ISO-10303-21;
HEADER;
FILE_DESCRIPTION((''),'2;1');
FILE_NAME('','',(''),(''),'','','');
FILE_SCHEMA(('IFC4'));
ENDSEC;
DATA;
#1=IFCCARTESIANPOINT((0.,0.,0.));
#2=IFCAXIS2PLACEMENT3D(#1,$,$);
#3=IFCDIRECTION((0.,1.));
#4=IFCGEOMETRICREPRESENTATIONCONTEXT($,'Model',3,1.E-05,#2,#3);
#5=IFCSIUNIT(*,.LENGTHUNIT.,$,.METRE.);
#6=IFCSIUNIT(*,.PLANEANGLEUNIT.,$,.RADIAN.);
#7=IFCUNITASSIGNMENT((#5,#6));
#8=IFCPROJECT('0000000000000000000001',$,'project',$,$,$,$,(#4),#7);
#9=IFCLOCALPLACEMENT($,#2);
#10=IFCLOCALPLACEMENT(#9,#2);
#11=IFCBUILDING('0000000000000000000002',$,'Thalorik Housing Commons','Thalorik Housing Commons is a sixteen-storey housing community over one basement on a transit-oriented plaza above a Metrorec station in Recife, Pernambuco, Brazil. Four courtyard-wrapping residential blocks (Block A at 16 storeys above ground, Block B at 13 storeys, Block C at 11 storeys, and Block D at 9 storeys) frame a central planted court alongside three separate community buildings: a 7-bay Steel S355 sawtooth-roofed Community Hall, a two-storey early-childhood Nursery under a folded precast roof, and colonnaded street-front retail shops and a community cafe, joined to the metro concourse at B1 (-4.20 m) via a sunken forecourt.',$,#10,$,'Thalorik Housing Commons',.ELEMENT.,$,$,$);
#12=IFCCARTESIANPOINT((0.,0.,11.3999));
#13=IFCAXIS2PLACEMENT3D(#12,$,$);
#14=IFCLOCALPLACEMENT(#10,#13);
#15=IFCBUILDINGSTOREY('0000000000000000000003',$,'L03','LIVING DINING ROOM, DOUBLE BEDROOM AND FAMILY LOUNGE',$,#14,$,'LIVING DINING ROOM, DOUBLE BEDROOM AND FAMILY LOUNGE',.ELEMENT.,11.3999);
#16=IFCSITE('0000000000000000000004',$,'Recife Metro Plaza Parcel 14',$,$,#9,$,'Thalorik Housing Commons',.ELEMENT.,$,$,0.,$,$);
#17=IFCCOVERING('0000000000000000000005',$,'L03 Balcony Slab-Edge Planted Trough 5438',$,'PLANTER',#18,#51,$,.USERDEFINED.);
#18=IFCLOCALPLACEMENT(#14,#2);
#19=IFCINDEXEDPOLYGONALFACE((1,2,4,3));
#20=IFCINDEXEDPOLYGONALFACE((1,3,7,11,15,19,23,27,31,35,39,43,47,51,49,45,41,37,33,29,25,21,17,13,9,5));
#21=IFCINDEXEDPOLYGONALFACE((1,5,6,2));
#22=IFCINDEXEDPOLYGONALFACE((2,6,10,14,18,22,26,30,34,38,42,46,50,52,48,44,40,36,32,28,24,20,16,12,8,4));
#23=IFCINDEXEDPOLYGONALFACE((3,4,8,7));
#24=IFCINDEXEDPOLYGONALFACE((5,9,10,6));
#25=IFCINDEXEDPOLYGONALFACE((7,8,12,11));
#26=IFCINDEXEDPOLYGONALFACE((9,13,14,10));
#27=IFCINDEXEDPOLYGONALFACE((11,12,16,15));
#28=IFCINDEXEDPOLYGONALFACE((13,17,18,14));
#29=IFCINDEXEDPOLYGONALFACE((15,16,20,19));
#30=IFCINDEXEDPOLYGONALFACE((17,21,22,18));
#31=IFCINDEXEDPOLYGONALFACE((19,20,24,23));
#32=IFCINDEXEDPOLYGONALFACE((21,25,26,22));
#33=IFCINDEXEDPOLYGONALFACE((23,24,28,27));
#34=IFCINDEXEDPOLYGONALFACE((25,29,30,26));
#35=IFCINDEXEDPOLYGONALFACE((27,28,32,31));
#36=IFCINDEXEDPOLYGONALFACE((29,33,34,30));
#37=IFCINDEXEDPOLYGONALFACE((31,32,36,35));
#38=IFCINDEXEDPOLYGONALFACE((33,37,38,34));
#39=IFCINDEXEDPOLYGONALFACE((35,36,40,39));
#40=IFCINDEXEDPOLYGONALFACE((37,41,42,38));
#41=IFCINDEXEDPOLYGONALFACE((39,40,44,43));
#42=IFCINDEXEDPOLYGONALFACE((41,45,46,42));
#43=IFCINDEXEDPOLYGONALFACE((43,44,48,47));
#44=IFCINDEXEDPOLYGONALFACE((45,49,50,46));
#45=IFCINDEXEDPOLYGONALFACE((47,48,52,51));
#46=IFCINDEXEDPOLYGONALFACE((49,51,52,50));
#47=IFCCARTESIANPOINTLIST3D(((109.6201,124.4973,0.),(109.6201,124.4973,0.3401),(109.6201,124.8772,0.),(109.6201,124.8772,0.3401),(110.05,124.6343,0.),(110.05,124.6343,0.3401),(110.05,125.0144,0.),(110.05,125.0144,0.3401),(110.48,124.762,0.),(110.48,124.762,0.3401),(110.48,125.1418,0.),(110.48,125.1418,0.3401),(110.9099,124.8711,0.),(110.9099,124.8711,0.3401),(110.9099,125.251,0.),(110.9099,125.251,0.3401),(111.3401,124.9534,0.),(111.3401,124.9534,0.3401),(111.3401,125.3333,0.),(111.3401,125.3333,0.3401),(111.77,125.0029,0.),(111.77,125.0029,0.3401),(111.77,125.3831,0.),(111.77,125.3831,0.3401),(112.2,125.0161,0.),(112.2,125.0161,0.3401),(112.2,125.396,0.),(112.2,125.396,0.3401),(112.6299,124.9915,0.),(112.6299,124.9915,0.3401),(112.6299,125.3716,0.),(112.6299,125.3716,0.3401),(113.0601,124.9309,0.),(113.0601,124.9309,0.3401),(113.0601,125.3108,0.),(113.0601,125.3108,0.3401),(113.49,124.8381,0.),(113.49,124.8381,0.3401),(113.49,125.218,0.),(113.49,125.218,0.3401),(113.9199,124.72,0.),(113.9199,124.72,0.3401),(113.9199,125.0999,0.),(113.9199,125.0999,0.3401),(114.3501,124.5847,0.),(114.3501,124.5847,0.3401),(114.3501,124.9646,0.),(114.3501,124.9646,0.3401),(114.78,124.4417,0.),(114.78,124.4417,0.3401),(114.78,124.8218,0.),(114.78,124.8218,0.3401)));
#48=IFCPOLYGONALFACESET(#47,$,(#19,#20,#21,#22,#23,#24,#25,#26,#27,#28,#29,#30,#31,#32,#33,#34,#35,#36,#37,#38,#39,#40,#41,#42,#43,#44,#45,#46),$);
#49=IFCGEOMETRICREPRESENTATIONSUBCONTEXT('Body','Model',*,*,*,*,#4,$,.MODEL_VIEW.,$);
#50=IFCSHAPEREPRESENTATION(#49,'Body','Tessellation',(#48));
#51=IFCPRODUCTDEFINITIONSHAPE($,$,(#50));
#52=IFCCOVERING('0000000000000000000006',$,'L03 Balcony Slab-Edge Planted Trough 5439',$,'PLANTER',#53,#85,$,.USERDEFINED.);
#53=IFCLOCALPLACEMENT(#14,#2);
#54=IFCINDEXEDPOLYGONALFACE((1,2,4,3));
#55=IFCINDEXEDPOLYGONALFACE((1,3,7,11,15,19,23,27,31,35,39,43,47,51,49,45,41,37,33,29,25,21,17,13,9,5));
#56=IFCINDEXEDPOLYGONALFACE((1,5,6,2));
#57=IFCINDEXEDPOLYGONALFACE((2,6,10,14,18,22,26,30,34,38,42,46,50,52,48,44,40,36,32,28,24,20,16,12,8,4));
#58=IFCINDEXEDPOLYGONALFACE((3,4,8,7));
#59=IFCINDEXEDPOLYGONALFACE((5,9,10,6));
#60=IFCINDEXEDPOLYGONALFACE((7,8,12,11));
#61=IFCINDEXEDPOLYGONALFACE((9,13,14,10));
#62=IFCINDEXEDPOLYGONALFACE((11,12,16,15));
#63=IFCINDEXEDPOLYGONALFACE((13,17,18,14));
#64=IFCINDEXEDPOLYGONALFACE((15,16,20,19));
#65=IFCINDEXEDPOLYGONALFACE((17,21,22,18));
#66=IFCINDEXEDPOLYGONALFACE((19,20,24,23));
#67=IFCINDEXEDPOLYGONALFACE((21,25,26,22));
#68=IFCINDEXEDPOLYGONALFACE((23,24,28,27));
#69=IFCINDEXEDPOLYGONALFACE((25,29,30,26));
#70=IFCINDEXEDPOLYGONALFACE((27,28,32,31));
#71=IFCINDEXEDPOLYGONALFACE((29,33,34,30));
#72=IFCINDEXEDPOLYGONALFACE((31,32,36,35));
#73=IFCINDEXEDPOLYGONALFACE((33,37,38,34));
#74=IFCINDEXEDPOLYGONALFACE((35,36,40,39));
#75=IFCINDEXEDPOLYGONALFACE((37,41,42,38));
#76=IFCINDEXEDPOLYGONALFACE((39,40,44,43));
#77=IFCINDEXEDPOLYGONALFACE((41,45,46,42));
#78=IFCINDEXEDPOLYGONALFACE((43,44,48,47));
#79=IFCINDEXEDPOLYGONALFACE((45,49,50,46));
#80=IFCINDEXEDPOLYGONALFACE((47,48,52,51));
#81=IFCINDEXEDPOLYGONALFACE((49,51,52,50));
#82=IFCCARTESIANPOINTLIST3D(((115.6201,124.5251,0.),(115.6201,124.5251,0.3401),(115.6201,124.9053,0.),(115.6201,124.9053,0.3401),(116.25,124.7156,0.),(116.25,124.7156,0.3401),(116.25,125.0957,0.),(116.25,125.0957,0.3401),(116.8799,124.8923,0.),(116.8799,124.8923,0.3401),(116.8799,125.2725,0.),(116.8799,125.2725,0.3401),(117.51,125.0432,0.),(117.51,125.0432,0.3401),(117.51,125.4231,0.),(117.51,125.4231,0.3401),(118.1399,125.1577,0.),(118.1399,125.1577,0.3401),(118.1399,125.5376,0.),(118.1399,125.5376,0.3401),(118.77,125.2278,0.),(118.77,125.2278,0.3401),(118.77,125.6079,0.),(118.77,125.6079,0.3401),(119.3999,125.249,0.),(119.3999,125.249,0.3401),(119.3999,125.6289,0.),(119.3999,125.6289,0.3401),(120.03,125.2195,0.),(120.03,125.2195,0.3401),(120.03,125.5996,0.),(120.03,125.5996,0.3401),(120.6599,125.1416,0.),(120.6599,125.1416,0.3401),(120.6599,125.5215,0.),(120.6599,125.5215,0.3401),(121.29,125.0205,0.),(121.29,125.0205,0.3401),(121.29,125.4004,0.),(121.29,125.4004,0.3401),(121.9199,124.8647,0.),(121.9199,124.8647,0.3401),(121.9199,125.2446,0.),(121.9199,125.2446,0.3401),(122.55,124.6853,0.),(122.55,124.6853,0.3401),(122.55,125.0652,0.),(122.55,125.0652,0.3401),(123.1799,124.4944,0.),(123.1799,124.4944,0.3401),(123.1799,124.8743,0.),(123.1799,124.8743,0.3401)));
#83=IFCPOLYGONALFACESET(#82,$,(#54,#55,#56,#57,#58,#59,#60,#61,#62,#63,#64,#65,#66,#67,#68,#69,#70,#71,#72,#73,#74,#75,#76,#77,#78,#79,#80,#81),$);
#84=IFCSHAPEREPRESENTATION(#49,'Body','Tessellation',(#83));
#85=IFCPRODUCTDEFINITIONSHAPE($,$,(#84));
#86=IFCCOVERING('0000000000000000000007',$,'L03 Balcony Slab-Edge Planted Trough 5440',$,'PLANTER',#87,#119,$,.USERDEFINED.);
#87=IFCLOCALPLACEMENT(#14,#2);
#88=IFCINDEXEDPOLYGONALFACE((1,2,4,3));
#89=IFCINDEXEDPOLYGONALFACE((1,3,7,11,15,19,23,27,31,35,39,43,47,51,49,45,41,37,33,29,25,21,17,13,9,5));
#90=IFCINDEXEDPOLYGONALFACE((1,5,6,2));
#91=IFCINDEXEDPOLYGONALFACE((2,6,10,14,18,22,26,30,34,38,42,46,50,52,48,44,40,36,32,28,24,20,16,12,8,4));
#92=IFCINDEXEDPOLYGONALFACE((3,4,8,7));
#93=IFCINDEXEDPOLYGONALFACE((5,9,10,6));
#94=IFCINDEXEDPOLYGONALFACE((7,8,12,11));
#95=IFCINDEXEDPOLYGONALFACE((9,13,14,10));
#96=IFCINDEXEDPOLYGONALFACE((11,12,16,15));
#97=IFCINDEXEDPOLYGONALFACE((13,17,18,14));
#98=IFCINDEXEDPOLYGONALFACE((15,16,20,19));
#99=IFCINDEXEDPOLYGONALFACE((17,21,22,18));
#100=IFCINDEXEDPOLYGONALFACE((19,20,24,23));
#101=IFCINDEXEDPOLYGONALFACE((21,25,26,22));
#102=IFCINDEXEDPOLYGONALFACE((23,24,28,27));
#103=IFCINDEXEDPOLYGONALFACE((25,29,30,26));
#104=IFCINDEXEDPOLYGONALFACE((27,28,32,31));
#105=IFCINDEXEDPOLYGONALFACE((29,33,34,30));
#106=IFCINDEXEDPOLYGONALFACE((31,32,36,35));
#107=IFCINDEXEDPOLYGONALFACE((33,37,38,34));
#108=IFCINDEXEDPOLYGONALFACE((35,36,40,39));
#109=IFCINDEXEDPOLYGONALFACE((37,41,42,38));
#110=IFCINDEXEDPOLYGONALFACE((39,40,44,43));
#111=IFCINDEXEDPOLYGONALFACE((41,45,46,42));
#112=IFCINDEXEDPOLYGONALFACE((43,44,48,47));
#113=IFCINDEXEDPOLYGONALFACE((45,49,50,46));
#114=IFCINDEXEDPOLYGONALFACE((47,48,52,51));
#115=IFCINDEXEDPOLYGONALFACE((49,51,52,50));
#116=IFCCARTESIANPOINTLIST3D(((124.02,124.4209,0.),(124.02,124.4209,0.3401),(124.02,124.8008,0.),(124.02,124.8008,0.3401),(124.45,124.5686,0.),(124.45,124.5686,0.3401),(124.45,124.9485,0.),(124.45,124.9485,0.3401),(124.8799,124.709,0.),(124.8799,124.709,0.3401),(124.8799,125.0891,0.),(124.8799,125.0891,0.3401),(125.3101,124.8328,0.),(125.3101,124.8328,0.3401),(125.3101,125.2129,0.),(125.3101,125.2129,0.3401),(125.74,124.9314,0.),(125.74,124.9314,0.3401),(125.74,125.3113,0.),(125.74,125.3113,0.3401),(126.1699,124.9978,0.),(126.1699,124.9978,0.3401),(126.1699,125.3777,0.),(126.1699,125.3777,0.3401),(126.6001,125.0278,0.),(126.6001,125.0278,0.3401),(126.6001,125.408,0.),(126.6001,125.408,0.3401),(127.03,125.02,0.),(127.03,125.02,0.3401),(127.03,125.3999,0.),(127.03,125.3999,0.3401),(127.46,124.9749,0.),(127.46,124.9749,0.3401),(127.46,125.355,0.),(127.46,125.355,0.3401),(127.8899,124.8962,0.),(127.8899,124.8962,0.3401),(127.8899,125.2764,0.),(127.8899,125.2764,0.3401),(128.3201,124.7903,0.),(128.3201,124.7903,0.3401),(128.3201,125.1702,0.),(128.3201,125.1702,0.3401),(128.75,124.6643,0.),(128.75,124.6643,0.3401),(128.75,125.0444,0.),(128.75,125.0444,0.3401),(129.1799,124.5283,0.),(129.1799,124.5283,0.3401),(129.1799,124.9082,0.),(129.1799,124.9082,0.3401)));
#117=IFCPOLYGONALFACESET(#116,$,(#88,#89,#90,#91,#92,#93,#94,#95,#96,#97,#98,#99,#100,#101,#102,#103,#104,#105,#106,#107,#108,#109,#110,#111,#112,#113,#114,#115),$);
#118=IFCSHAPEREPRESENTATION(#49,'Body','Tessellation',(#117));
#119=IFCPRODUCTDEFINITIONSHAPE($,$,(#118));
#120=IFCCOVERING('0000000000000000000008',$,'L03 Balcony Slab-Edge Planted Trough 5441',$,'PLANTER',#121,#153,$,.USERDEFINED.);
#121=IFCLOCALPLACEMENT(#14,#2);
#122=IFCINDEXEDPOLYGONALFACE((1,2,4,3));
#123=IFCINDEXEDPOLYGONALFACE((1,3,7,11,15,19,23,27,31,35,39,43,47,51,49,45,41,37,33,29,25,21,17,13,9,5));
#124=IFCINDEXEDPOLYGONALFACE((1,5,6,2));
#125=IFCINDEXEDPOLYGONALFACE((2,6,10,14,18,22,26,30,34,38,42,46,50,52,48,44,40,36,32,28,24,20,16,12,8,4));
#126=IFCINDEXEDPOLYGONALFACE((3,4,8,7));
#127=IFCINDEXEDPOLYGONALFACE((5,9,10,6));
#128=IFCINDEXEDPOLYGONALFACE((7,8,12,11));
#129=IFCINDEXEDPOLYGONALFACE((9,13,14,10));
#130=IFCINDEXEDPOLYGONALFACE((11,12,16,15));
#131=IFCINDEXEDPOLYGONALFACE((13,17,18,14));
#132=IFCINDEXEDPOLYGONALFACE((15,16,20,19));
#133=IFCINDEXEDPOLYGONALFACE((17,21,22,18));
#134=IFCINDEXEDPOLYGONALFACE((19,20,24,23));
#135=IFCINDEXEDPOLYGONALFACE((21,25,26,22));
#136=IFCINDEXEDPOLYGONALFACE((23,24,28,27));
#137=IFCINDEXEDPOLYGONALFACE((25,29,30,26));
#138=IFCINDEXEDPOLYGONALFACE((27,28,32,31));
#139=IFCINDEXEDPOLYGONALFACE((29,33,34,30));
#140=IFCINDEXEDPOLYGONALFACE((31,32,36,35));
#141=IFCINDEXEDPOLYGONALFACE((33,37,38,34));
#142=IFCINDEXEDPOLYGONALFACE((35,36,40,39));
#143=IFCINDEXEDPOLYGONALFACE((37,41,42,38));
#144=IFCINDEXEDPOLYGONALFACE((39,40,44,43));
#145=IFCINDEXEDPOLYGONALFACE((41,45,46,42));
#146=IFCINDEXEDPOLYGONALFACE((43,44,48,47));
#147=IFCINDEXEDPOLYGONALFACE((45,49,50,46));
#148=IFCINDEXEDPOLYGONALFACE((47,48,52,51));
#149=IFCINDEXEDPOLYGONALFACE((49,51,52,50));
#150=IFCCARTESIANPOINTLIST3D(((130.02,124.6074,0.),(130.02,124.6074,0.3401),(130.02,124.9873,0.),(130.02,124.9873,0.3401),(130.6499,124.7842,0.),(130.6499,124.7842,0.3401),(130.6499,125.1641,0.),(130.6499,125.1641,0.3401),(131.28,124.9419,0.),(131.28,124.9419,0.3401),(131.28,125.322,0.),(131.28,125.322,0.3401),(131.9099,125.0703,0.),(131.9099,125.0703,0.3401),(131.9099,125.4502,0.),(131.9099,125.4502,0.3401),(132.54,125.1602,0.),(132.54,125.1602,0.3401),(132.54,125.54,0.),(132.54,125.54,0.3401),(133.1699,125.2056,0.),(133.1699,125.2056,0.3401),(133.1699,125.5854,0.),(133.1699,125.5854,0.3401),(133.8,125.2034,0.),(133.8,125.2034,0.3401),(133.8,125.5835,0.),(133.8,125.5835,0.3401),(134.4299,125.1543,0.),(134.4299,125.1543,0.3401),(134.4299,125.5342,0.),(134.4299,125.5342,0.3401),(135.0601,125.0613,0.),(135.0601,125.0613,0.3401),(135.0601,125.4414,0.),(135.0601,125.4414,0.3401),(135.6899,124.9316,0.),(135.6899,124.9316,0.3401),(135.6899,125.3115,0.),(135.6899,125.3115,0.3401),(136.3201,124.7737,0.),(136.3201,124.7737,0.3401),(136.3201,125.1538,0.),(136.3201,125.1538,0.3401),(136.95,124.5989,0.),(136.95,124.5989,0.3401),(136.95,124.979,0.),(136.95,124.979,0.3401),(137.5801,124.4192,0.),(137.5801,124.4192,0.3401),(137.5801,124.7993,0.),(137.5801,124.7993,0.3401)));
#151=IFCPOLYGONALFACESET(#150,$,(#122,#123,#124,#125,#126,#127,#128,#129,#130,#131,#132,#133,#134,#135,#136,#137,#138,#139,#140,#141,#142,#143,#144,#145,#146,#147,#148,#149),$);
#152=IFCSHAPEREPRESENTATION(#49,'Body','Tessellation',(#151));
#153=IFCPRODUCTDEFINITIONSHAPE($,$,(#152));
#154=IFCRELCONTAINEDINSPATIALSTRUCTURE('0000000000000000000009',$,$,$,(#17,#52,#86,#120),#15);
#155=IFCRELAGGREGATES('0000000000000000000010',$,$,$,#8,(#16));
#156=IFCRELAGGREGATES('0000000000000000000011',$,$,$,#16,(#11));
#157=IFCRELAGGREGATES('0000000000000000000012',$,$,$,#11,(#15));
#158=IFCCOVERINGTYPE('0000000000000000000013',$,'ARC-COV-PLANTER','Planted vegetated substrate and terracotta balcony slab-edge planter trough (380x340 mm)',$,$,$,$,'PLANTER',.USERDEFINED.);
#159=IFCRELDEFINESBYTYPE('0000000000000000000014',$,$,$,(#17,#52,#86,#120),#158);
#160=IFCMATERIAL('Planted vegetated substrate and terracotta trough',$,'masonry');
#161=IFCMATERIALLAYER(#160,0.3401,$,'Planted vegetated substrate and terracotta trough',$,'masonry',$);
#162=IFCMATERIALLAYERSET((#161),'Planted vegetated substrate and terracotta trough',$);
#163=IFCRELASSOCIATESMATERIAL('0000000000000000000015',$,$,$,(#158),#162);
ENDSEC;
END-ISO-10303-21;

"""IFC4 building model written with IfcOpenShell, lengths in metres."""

from ifc_helpers import new_model, si_unit, direction, frame, origin, place, context, subcontext, project, spatial, polyline, outline, extrude, material, layer, layer_set, type_object, element, save


model = new_model("IFC4")

# Units and contexts
model_context = context("Model", 3, precision=1e-05, world=origin(), true_north=direction((0.0, 1.0)))
body_context = subcontext(model_context, "Body", "Model", "MODEL_VIEW")
ifc_project = project(units=[si_unit("LENGTHUNIT", "METRE"), si_unit("PLANEANGLEUNIT", "RADIAN")], contexts=[model_context])

# Site, building, storey
site_placement = place(None, origin())
site = spatial("IfcSite", under=ifc_project, at=site_placement, Name="Recife Metro Plaza Parcel 14", LongName="Thalorik Housing Commons", CompositionType="ELEMENT", RefElevation=0.0)
building_placement = place(site_placement, origin())
building = spatial("IfcBuilding", under=site, at=building_placement, Name="Thalorik Housing Commons", Description="Thalorik Housing Commons is a sixteen-storey housing community over one basement on a transit-oriented plaza above a Metrorec station in Recife, Pernambuco, Brazil. Four courtyard-wrapping residential blocks (Block A at 16 storeys above ground, Block B at 13 storeys, Block C at 11 storeys, and Block D at 9 storeys) frame a central planted court alongside three separate community buildings: a 7-bay Steel S355 sawtooth-roofed Community Hall, a two-storey early-childhood Nursery under a folded precast roof, and colonnaded street-front retail shops and a community cafe, joined to the metro concourse at B1 (-4.20 m) via a sunken forecourt.", LongName="Thalorik Housing Commons", CompositionType="ELEMENT")
storey_placement = place(building_placement, frame((0.0, 0.0, 11.3999)))
storey = spatial("IfcBuildingStorey", under=building, at=storey_placement, Name="L03", Description="LIVING DINING ROOM, DOUBLE BEDROOM AND FAMILY LOUNGE", LongName="LIVING DINING ROOM, DOUBLE BEDROOM AND FAMILY LOUNGE", CompositionType="ELEMENT", Elevation=11.3999)

# Coverings
ifc_material = material(Name="Planted vegetated substrate and terracotta trough", Category="masonry")
ifc_layer = layer(ifc_material, 0.3401, Name="Planted vegetated substrate and terracotta trough", Category="masonry")
ifc_layer_set = layer_set([ifc_layer], Name="Planted vegetated substrate and terracotta trough")
covering_type = type_object("IfcCoveringType", Name="ARC-COV-PLANTER", Description="Planted vegetated substrate and terracotta balcony slab-edge planter trough (380x340 mm)", ElementType="PLANTER", PredefinedType="USERDEFINED", material=ifc_layer_set)
covering_1_placement = place(storey_placement, origin())
element("IfcCovering", 1, at=covering_1_placement, inside=storey, type_object=covering_type, Name="L03 Balcony Slab-Edge Planted Trough 5438", ObjectType="PLANTER", PredefinedType="USERDEFINED", context=body_context, shape_type="SweptSolid", body=[
    extrude(outline(polyline([(114.78, 124.8218), (114.3501, 124.9646), (113.9199, 125.0999), (113.49, 125.218), (113.0601, 125.3108), (112.6299, 125.3716), (112.2, 125.396), (111.77, 125.3831), (111.3401, 125.3333), (110.9099, 125.251), (110.48, 125.1418), (110.05, 125.0144), (109.6201, 124.8772), (109.6201, 124.4973), (110.05, 124.6343), (110.48, 124.762), (110.9099, 124.8711), (111.3401, 124.9534), (111.77, 125.0029), (112.2, 125.0161), (112.6299, 124.9915), (113.0601, 124.9309), (113.49, 124.8381), (113.9199, 124.72), (114.3501, 124.5847), (114.78, 124.4417), (114.78, 124.8218)])), origin(), (0.0, 0.0, 1.0), 0.3401),
])
covering_2_placement = place(storey_placement, origin())
element("IfcCovering", 2, at=covering_2_placement, inside=storey, type_object=covering_type, Name="L03 Balcony Slab-Edge Planted Trough 5439", ObjectType="PLANTER", PredefinedType="USERDEFINED", context=body_context, shape_type="SweptSolid", body=[
    extrude(outline(polyline([(123.1799, 124.8743), (122.55, 125.0652), (121.9199, 125.2446), (121.29, 125.4004), (120.6599, 125.5215), (120.03, 125.5996), (119.3999, 125.6289), (118.77, 125.6079), (118.1399, 125.5376), (117.51, 125.4231), (116.8799, 125.2725), (116.25, 125.0957), (115.6201, 124.9053), (115.6201, 124.5251), (116.25, 124.7156), (116.8799, 124.8923), (117.51, 125.0432), (118.1399, 125.1577), (118.77, 125.2278), (119.3999, 125.249), (120.03, 125.2195), (120.6599, 125.1416), (121.29, 125.0205), (121.9199, 124.8647), (122.55, 124.6853), (123.1799, 124.4944), (123.1799, 124.8743)])), origin(), (0.0, 0.0, 1.0), 0.3401),
])
covering_3_placement = place(storey_placement, origin())
element("IfcCovering", 3, at=covering_3_placement, inside=storey, type_object=covering_type, Name="L03 Balcony Slab-Edge Planted Trough 5440", ObjectType="PLANTER", PredefinedType="USERDEFINED", context=body_context, shape_type="SweptSolid", body=[
    extrude(outline(polyline([(129.1799, 124.9082), (128.75, 125.0444), (128.3201, 125.1702), (127.8899, 125.2764), (127.46, 125.355), (127.03, 125.3999), (126.6001, 125.408), (126.1699, 125.3777), (125.74, 125.3113), (125.3101, 125.2129), (124.8799, 125.0891), (124.45, 124.9485), (124.02, 124.8008), (124.02, 124.4209), (124.45, 124.5686), (124.8799, 124.709), (125.3101, 124.8328), (125.74, 124.9314), (126.1699, 124.9978), (126.6001, 125.0278), (127.03, 125.02), (127.46, 124.9749), (127.8899, 124.8962), (128.3201, 124.7903), (128.75, 124.6643), (129.1799, 124.5283), (129.1799, 124.9082)])), origin(), (0.0, 0.0, 1.0), 0.3401),
])
covering_4_placement = place(storey_placement, origin())
element("IfcCovering", 4, at=covering_4_placement, inside=storey, type_object=covering_type, Name="L03 Balcony Slab-Edge Planted Trough 5441", ObjectType="PLANTER", PredefinedType="USERDEFINED", context=body_context, shape_type="SweptSolid", body=[
    extrude(outline(polyline([(137.5801, 124.7993), (136.95, 124.979), (136.3201, 125.1538), (135.6899, 125.3115), (135.0601, 125.4414), (134.4299, 125.5342), (133.8, 125.5835), (133.1699, 125.5854), (132.54, 125.54), (131.9099, 125.4502), (131.28, 125.322), (130.6499, 125.1641), (130.02, 124.9873), (130.02, 124.6074), (130.6499, 124.7842), (131.28, 124.9419), (131.9099, 125.0703), (132.54, 125.1602), (133.1699, 125.2056), (133.8, 125.2034), (134.4299, 125.1543), (135.0601, 125.0613), (135.6899, 124.9316), (136.3201, 124.7737), (136.95, 124.5989), (137.5801, 124.4192), (137.5801, 124.7993)])), origin(), (0.0, 0.0, 1.0), 0.3401),
])

save(model, "model.ifc")
